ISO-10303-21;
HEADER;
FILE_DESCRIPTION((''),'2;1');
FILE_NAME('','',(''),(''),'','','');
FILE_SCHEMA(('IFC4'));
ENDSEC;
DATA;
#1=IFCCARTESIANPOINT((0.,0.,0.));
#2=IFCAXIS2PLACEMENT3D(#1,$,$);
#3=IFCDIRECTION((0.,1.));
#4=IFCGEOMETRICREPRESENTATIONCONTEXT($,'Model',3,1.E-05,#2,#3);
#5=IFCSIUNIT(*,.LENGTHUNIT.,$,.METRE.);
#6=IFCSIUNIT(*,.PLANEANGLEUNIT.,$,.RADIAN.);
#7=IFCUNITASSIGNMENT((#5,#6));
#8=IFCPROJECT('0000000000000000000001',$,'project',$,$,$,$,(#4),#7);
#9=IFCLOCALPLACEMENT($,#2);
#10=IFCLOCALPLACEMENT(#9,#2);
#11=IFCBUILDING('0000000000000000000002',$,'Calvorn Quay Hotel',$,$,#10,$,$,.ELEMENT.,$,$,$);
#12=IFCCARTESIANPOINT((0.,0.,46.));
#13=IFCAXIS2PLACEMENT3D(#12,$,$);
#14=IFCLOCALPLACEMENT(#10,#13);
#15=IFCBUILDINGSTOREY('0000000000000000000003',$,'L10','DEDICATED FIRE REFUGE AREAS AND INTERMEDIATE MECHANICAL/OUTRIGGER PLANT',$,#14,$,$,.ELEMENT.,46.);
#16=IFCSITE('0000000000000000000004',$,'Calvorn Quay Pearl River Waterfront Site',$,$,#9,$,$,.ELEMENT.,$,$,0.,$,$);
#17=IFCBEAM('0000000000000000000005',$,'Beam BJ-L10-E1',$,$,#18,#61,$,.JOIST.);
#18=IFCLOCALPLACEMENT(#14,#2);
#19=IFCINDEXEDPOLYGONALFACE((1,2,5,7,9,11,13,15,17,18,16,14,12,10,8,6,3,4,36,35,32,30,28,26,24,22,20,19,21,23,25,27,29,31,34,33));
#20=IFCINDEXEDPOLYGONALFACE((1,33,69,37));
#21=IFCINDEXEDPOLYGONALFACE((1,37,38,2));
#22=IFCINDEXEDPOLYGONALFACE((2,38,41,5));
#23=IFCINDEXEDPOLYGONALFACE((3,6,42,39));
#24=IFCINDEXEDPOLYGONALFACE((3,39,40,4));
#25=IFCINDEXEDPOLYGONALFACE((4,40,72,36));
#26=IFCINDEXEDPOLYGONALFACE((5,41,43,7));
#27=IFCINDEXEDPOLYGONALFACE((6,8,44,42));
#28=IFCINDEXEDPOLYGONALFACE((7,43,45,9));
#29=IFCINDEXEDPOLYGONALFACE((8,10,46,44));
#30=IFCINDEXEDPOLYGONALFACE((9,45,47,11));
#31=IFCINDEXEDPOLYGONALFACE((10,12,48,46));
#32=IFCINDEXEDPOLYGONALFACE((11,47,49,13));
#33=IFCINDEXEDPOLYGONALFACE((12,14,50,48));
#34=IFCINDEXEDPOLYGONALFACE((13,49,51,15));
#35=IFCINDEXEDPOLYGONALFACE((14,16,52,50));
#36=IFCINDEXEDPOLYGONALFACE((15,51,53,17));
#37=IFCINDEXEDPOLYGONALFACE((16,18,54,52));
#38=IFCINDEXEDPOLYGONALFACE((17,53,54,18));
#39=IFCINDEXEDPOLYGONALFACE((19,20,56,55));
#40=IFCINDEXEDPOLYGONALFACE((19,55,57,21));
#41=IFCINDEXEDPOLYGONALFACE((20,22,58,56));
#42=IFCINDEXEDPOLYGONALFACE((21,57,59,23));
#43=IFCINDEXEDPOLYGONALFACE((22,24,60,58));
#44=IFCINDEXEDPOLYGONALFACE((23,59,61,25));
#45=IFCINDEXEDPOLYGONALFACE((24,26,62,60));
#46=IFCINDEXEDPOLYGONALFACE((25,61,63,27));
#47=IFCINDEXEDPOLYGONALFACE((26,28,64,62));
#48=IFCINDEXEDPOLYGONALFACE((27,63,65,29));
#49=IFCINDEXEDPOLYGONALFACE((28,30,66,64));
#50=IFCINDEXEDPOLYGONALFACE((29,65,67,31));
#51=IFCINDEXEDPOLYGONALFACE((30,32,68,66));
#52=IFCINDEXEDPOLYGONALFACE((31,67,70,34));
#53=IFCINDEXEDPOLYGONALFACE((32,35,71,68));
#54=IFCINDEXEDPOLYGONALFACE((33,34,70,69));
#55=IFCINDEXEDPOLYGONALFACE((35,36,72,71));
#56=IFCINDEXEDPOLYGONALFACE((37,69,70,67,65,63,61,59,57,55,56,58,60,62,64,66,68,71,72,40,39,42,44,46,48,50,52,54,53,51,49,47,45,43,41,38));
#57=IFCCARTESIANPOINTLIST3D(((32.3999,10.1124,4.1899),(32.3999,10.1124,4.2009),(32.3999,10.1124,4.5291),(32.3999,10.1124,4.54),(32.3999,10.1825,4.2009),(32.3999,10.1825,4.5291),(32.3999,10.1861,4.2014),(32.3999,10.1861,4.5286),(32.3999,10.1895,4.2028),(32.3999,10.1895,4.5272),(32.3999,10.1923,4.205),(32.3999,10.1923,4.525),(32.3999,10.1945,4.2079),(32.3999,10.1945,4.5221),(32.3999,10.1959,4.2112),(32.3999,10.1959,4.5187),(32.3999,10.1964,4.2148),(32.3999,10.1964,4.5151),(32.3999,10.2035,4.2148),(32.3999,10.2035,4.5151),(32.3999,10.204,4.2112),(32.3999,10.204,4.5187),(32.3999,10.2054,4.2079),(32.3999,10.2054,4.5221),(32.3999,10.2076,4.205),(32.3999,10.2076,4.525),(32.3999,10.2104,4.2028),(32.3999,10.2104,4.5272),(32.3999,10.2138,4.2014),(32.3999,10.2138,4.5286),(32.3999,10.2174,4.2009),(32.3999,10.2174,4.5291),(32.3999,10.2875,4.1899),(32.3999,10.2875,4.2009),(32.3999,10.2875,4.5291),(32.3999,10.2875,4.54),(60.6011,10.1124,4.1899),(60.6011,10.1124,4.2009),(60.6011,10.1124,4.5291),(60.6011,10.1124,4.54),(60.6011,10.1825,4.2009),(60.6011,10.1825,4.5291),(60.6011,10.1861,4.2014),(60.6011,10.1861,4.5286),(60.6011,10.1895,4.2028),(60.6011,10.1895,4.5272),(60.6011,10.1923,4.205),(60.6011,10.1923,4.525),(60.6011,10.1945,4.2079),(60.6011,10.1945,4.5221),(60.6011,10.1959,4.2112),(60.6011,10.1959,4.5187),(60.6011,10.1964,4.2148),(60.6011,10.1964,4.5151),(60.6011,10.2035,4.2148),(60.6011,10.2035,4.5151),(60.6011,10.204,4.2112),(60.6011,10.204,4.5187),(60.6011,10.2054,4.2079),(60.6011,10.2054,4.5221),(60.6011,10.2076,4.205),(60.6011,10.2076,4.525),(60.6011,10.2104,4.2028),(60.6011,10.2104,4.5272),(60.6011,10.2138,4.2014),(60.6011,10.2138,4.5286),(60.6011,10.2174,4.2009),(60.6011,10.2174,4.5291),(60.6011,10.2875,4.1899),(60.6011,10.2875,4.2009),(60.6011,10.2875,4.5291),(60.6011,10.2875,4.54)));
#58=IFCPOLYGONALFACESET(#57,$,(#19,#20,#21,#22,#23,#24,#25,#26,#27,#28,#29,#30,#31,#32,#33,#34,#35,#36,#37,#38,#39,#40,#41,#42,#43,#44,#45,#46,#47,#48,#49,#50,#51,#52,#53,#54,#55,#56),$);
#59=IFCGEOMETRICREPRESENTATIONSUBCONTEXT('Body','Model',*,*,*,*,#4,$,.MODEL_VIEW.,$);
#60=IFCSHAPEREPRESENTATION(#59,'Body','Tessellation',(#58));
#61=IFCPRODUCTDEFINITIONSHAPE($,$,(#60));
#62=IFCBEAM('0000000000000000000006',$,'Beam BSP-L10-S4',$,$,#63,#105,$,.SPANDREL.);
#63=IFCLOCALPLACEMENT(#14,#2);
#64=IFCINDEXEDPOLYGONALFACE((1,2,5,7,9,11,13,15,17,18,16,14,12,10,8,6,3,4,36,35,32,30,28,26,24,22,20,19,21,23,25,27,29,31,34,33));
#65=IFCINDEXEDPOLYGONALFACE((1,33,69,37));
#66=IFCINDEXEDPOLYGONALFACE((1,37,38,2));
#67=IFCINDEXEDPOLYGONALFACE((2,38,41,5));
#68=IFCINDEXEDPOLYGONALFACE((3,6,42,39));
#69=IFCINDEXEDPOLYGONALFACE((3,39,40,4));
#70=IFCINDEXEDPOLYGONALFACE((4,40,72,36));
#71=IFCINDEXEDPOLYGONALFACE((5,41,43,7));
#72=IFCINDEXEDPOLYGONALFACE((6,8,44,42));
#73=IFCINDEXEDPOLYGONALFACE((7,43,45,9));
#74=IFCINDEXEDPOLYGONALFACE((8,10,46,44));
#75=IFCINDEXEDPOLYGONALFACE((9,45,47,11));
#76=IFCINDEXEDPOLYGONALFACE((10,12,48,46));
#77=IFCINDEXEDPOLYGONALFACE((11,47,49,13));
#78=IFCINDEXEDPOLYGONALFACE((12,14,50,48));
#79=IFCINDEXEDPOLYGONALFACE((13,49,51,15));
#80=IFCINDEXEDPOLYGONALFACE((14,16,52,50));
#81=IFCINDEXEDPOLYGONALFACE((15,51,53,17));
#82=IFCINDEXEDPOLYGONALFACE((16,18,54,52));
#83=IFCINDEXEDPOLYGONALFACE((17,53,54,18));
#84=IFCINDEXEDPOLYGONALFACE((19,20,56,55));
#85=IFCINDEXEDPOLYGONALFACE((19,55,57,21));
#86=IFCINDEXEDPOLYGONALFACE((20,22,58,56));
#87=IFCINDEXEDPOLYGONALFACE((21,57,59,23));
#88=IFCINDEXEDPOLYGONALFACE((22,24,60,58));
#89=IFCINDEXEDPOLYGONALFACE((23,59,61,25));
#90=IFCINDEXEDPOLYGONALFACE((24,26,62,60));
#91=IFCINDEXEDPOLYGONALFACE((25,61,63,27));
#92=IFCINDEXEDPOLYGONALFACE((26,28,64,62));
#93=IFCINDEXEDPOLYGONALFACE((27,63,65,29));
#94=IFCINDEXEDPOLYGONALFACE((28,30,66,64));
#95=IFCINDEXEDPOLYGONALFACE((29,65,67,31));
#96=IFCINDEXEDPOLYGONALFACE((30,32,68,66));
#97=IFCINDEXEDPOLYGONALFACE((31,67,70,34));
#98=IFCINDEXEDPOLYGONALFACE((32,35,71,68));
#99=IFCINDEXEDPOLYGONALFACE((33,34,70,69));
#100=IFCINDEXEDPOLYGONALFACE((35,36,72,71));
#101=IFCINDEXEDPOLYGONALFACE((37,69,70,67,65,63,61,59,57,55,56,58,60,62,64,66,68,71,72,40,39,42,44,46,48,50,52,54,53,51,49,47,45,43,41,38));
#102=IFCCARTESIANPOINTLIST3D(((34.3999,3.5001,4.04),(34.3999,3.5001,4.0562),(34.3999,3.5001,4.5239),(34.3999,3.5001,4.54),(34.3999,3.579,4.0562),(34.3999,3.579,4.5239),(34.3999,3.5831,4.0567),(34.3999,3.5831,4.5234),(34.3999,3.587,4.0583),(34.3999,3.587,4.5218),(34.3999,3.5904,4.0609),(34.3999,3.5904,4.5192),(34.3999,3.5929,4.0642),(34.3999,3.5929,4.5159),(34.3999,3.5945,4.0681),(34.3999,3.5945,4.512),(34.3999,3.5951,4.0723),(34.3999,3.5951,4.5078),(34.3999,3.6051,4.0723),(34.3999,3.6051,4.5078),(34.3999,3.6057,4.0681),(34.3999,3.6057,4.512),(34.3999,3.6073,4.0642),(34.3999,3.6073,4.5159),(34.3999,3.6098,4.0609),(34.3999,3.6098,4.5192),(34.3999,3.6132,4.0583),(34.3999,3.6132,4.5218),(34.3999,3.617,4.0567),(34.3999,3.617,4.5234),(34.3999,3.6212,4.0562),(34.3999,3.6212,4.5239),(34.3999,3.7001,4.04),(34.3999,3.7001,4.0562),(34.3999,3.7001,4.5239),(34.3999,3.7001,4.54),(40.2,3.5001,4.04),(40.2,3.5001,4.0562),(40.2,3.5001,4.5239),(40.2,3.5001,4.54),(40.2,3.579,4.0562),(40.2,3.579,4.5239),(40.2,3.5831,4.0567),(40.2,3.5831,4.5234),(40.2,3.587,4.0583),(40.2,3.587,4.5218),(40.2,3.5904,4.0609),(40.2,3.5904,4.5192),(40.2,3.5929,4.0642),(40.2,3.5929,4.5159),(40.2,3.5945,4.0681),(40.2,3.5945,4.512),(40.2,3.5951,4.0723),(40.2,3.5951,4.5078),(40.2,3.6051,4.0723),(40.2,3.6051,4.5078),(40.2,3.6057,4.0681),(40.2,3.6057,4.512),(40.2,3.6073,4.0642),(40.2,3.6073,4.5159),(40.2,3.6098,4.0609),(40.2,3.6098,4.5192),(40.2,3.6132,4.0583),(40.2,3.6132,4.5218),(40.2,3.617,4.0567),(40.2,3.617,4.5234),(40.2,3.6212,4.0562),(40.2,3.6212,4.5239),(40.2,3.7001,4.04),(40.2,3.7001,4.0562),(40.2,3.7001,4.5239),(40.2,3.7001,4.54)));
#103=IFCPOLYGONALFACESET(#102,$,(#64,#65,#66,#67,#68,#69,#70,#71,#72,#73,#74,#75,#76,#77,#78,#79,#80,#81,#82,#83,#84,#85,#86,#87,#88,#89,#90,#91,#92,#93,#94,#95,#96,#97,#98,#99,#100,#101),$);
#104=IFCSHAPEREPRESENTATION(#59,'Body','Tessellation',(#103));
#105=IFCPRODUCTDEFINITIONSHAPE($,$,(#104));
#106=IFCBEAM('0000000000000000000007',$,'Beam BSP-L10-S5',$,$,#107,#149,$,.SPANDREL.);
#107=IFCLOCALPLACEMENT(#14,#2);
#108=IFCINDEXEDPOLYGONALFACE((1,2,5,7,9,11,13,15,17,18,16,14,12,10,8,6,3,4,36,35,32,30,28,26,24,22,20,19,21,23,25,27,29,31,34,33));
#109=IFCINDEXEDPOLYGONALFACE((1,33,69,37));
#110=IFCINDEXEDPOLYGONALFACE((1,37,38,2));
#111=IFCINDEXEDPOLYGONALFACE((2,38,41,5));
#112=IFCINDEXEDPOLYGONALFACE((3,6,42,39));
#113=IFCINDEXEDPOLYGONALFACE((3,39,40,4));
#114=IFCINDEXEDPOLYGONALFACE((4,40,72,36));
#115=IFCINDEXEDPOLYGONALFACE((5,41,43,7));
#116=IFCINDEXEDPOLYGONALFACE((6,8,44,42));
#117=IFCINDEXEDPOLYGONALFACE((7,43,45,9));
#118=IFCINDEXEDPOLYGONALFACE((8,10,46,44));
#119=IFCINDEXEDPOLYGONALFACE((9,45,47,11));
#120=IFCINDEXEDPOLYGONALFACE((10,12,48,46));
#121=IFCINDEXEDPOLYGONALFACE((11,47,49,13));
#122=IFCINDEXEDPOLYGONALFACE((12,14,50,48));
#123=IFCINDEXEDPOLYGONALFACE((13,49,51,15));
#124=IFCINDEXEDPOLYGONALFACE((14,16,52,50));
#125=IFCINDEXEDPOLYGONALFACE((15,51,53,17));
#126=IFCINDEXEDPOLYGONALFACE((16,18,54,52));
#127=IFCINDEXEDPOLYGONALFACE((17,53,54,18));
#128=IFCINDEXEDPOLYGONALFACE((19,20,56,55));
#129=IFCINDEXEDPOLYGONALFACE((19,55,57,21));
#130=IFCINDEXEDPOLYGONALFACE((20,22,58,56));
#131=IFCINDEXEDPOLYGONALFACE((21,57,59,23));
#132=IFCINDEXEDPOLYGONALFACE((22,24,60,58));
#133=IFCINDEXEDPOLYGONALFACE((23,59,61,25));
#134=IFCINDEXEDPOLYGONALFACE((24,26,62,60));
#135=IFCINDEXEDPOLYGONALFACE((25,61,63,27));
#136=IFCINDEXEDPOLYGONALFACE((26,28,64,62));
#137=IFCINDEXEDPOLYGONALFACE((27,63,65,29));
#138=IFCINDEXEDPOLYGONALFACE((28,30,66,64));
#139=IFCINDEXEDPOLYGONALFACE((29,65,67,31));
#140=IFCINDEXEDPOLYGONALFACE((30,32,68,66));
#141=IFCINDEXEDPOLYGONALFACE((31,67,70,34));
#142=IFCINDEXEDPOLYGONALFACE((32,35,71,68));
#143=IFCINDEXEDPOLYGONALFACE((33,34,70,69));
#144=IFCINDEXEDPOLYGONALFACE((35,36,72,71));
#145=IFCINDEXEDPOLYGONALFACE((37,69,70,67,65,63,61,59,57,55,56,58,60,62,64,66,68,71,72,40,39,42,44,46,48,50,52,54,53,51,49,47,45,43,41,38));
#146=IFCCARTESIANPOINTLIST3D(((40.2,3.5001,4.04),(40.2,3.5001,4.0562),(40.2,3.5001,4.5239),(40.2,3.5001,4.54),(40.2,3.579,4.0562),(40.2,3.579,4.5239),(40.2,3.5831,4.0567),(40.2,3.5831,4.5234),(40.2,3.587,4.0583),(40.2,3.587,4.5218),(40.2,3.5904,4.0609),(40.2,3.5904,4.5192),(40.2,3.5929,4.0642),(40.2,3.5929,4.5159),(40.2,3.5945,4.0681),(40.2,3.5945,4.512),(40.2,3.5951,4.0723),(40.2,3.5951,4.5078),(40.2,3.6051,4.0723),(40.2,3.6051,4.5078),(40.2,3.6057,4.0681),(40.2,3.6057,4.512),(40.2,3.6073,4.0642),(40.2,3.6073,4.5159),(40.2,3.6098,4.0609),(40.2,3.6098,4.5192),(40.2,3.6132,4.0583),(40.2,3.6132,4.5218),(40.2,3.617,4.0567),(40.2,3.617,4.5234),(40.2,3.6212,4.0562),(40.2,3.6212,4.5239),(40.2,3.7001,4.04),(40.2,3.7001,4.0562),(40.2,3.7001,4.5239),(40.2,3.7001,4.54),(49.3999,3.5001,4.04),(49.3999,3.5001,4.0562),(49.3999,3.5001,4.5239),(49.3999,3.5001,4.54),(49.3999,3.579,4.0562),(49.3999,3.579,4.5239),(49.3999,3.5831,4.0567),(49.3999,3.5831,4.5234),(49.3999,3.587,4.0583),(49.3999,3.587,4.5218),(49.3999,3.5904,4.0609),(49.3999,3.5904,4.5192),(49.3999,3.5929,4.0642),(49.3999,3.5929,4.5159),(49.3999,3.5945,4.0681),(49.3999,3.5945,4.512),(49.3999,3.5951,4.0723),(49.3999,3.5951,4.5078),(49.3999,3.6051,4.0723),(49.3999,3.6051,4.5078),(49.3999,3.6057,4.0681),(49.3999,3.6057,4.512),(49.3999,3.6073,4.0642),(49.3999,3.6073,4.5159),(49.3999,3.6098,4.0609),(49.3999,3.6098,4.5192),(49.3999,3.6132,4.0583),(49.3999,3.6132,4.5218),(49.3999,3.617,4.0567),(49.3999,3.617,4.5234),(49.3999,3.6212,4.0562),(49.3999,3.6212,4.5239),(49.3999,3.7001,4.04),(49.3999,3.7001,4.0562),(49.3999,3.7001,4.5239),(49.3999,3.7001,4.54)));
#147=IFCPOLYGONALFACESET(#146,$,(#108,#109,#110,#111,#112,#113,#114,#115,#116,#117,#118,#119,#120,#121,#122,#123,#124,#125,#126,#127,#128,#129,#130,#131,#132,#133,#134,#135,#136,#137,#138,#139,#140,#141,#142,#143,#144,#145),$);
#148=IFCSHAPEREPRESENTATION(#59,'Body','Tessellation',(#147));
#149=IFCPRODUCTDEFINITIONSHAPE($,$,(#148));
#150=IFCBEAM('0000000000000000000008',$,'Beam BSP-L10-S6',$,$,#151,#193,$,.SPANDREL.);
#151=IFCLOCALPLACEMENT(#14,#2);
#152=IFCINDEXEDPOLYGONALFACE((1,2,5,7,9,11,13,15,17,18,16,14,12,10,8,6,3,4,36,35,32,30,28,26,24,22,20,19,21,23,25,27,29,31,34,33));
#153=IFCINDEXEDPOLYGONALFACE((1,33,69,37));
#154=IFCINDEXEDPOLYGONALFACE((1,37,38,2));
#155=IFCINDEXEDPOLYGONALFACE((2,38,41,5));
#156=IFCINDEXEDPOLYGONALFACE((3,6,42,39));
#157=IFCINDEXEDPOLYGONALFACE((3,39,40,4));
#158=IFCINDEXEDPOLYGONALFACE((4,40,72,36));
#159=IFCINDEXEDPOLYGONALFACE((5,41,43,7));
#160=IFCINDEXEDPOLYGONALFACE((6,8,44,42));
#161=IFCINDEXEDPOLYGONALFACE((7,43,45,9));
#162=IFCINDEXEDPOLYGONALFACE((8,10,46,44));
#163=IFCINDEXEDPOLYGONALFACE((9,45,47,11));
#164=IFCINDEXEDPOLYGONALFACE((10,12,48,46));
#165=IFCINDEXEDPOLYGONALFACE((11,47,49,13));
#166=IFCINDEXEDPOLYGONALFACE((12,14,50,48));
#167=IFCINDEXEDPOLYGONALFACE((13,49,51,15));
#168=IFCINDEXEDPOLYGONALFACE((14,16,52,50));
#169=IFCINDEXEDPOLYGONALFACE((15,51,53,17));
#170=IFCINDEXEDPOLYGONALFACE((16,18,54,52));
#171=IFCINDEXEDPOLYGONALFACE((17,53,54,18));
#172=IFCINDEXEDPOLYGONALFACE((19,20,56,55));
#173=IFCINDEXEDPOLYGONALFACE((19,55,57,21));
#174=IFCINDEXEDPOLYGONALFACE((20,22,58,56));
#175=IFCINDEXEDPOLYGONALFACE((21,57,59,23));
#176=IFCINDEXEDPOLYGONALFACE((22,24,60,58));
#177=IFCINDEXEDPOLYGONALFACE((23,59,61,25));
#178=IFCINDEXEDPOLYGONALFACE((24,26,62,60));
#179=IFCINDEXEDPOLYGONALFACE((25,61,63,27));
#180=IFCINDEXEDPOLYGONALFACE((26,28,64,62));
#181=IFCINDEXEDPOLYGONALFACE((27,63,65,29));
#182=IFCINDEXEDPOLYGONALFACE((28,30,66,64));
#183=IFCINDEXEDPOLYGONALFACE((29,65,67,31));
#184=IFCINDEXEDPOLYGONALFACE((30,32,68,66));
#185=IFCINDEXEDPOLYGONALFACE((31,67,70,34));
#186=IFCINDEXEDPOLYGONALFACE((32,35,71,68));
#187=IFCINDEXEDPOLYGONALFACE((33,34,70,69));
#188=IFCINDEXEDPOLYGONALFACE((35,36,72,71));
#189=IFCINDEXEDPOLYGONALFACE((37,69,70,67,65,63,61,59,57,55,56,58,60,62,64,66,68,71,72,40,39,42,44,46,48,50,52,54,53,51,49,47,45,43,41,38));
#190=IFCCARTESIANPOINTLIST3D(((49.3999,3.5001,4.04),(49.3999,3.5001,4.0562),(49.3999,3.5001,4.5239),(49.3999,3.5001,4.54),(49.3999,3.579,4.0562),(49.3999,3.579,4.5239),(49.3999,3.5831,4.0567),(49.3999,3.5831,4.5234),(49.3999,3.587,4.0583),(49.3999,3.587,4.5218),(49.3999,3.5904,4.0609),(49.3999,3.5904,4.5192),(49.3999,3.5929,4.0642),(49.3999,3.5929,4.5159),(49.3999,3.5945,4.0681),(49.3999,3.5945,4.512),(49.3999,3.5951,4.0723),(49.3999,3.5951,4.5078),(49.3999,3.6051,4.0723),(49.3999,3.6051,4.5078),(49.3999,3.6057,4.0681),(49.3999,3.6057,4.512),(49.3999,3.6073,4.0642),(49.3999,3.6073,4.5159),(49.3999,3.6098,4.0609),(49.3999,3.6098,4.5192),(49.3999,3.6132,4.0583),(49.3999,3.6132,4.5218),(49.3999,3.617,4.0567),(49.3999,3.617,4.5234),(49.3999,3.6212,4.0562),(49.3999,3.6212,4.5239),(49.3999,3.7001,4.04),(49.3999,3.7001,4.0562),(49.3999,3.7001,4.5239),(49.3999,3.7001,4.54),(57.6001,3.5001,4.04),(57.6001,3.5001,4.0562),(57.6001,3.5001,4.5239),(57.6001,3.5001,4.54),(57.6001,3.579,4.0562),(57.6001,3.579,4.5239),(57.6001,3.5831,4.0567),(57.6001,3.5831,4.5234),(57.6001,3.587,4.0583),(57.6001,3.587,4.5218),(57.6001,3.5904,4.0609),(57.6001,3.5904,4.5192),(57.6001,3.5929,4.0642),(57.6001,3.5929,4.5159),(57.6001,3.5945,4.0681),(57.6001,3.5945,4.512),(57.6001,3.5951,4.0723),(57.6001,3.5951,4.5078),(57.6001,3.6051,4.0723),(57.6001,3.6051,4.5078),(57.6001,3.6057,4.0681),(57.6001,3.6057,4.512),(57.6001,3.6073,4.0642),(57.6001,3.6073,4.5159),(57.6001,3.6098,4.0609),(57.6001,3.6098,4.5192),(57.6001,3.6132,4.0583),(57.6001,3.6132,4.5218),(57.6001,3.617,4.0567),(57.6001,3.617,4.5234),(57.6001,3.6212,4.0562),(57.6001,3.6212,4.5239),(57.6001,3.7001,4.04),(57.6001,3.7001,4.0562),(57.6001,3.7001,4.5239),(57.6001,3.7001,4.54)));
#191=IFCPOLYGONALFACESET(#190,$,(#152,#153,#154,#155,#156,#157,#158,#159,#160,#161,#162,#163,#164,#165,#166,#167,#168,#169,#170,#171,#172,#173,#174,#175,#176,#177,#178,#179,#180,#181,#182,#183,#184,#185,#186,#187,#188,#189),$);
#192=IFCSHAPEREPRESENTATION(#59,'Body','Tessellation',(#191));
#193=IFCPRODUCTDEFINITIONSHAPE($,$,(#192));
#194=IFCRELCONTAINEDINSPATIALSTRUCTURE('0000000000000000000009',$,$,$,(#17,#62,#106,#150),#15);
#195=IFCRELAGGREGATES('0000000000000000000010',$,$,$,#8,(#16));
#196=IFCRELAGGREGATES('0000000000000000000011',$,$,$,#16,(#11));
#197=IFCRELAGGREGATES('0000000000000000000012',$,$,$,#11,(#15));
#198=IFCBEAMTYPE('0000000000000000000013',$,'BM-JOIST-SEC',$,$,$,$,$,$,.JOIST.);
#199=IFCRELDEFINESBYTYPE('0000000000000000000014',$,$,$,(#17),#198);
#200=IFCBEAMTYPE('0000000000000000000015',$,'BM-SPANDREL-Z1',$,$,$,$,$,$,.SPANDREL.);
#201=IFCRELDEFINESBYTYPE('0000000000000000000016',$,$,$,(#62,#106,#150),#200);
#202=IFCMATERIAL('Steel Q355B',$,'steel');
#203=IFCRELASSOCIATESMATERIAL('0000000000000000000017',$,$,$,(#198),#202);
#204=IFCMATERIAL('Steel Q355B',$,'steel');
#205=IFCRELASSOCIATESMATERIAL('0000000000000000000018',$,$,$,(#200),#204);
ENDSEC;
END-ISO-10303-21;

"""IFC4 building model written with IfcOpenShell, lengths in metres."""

from ifc_helpers import new_model, si_unit, direction, frame, origin, origin_2d, place, context, subcontext, project, spatial, i_section, extrude, material, material_profile, profile_set, type_object, element, save


model = new_model("IFC4")

# Units and contexts
model_context = context("Model", 3, precision=1e-05, world=origin(), true_north=direction((0.0, 1.0)))
body_context = subcontext(model_context, "Body", "Model", "MODEL_VIEW")
ifc_project = project(units=[si_unit("LENGTHUNIT", "METRE"), si_unit("PLANEANGLEUNIT", "RADIAN")], contexts=[model_context])

# Site, building, storey
site_placement = place(None, origin())
site = spatial("IfcSite", under=ifc_project, at=site_placement, Name="Calvorn Quay Pearl River Waterfront Site", CompositionType="ELEMENT", RefElevation=0.0)
building_placement = place(site_placement, origin())
building = spatial("IfcBuilding", under=site, at=building_placement, Name="Calvorn Quay Hotel", CompositionType="ELEMENT")
storey_placement = place(building_placement, frame((0.0, 0.0, 46.0)))
storey = spatial("IfcBuildingStorey", under=building, at=storey_placement, Name="L10", Description="DEDICATED FIRE REFUGE AREAS AND INTERMEDIATE MECHANICAL/OUTRIGGER PLANT", CompositionType="ELEMENT", Elevation=46.0)

# Beams
ifc_material_1 = material(Name="Steel Q355B", Category="steel")
ifc_material_profile_1 = material_profile(ifc_material_1, i_section(OverallWidth=0.175, OverallDepth=0.3501, WebThickness=0.0071, FlangeThickness=0.011, FilletRadius=0.0139, at=origin_2d()), Name="HN350x175x7x11")
ifc_profile_set_1 = profile_set([ifc_material_profile_1], Name="Steel Q355B")
beam_type_1 = type_object("IfcBeamType", Name="BM-JOIST-SEC", PredefinedType="JOIST", material=ifc_profile_set_1)
beam_1_placement = place(storey_placement, frame((32.3999, 10.2, 4.365), z_axis=(1.0, 0.0, 0.0), x_axis=(0.0, 1.0, 0.0)))
element("IfcBeam", 1, at=beam_1_placement, inside=storey, type_object=beam_type_1, Name="Beam BJ-L10-E1", PredefinedType="JOIST", context=body_context, shape_type="SweptSolid", body=[
    extrude(i_section(OverallWidth=0.175, OverallDepth=0.3501, WebThickness=0.0071, FlangeThickness=0.011, FilletRadius=0.0139, at=origin_2d()), origin(), (0.0, 0.0, 1.0), 28.2012),
])
ifc_material_2 = material(Name="Steel Q355B", Category="steel")
ifc_material_profile_2 = material_profile(ifc_material_2, i_section(OverallWidth=0.2, OverallDepth=0.5, WebThickness=0.01, FlangeThickness=0.0161, FilletRadius=0.0161, at=origin_2d()), Name="HN500x200x10x16")
ifc_profile_set_2 = profile_set([ifc_material_profile_2], Name="Steel Q355B")
beam_type_2 = type_object("IfcBeamType", Name="BM-SPANDREL-Z1", PredefinedType="SPANDREL", material=ifc_profile_set_2)
beam_2_placement = place(storey_placement, frame((34.3999, 3.6001, 4.29), z_axis=(1.0, 0.0, 0.0), x_axis=(0.0, 1.0, 0.0)))
element("IfcBeam", 2, at=beam_2_placement, inside=storey, type_object=beam_type_2, Name="Beam BSP-L10-S4", PredefinedType="SPANDREL", context=body_context, shape_type="SweptSolid", body=[
    extrude(i_section(OverallWidth=0.2, OverallDepth=0.5, WebThickness=0.01, FlangeThickness=0.0161, FilletRadius=0.0161, at=origin_2d()), origin(), (0.0, 0.0, 1.0), 5.8),
])
beam_3_placement = place(storey_placement, frame((40.2, 3.6001, 4.29), z_axis=(1.0, 0.0, 0.0), x_axis=(0.0, 1.0, 0.0)))
element("IfcBeam", 3, at=beam_3_placement, inside=storey, type_object=beam_type_2, Name="Beam BSP-L10-S5", PredefinedType="SPANDREL", context=body_context, shape_type="SweptSolid", body=[
    extrude(i_section(OverallWidth=0.2, OverallDepth=0.5, WebThickness=0.01, FlangeThickness=0.0161, FilletRadius=0.0161, at=origin_2d()), origin(), (0.0, 0.0, 1.0), 9.2),
])
beam_4_placement = place(storey_placement, frame((49.3999, 3.6001, 4.29), z_axis=(1.0, 0.0, 0.0), x_axis=(0.0, 1.0, 0.0)))
element("IfcBeam", 4, at=beam_4_placement, inside=storey, type_object=beam_type_2, Name="Beam BSP-L10-S6", PredefinedType="SPANDREL", context=body_context, shape_type="SweptSolid", body=[
    extrude(i_section(OverallWidth=0.2, OverallDepth=0.5, WebThickness=0.01, FlangeThickness=0.0161, FilletRadius=0.0161, at=origin_2d()), origin(), (0.0, 0.0, 1.0), 8.2002),
])

save(model, "model.ifc")
